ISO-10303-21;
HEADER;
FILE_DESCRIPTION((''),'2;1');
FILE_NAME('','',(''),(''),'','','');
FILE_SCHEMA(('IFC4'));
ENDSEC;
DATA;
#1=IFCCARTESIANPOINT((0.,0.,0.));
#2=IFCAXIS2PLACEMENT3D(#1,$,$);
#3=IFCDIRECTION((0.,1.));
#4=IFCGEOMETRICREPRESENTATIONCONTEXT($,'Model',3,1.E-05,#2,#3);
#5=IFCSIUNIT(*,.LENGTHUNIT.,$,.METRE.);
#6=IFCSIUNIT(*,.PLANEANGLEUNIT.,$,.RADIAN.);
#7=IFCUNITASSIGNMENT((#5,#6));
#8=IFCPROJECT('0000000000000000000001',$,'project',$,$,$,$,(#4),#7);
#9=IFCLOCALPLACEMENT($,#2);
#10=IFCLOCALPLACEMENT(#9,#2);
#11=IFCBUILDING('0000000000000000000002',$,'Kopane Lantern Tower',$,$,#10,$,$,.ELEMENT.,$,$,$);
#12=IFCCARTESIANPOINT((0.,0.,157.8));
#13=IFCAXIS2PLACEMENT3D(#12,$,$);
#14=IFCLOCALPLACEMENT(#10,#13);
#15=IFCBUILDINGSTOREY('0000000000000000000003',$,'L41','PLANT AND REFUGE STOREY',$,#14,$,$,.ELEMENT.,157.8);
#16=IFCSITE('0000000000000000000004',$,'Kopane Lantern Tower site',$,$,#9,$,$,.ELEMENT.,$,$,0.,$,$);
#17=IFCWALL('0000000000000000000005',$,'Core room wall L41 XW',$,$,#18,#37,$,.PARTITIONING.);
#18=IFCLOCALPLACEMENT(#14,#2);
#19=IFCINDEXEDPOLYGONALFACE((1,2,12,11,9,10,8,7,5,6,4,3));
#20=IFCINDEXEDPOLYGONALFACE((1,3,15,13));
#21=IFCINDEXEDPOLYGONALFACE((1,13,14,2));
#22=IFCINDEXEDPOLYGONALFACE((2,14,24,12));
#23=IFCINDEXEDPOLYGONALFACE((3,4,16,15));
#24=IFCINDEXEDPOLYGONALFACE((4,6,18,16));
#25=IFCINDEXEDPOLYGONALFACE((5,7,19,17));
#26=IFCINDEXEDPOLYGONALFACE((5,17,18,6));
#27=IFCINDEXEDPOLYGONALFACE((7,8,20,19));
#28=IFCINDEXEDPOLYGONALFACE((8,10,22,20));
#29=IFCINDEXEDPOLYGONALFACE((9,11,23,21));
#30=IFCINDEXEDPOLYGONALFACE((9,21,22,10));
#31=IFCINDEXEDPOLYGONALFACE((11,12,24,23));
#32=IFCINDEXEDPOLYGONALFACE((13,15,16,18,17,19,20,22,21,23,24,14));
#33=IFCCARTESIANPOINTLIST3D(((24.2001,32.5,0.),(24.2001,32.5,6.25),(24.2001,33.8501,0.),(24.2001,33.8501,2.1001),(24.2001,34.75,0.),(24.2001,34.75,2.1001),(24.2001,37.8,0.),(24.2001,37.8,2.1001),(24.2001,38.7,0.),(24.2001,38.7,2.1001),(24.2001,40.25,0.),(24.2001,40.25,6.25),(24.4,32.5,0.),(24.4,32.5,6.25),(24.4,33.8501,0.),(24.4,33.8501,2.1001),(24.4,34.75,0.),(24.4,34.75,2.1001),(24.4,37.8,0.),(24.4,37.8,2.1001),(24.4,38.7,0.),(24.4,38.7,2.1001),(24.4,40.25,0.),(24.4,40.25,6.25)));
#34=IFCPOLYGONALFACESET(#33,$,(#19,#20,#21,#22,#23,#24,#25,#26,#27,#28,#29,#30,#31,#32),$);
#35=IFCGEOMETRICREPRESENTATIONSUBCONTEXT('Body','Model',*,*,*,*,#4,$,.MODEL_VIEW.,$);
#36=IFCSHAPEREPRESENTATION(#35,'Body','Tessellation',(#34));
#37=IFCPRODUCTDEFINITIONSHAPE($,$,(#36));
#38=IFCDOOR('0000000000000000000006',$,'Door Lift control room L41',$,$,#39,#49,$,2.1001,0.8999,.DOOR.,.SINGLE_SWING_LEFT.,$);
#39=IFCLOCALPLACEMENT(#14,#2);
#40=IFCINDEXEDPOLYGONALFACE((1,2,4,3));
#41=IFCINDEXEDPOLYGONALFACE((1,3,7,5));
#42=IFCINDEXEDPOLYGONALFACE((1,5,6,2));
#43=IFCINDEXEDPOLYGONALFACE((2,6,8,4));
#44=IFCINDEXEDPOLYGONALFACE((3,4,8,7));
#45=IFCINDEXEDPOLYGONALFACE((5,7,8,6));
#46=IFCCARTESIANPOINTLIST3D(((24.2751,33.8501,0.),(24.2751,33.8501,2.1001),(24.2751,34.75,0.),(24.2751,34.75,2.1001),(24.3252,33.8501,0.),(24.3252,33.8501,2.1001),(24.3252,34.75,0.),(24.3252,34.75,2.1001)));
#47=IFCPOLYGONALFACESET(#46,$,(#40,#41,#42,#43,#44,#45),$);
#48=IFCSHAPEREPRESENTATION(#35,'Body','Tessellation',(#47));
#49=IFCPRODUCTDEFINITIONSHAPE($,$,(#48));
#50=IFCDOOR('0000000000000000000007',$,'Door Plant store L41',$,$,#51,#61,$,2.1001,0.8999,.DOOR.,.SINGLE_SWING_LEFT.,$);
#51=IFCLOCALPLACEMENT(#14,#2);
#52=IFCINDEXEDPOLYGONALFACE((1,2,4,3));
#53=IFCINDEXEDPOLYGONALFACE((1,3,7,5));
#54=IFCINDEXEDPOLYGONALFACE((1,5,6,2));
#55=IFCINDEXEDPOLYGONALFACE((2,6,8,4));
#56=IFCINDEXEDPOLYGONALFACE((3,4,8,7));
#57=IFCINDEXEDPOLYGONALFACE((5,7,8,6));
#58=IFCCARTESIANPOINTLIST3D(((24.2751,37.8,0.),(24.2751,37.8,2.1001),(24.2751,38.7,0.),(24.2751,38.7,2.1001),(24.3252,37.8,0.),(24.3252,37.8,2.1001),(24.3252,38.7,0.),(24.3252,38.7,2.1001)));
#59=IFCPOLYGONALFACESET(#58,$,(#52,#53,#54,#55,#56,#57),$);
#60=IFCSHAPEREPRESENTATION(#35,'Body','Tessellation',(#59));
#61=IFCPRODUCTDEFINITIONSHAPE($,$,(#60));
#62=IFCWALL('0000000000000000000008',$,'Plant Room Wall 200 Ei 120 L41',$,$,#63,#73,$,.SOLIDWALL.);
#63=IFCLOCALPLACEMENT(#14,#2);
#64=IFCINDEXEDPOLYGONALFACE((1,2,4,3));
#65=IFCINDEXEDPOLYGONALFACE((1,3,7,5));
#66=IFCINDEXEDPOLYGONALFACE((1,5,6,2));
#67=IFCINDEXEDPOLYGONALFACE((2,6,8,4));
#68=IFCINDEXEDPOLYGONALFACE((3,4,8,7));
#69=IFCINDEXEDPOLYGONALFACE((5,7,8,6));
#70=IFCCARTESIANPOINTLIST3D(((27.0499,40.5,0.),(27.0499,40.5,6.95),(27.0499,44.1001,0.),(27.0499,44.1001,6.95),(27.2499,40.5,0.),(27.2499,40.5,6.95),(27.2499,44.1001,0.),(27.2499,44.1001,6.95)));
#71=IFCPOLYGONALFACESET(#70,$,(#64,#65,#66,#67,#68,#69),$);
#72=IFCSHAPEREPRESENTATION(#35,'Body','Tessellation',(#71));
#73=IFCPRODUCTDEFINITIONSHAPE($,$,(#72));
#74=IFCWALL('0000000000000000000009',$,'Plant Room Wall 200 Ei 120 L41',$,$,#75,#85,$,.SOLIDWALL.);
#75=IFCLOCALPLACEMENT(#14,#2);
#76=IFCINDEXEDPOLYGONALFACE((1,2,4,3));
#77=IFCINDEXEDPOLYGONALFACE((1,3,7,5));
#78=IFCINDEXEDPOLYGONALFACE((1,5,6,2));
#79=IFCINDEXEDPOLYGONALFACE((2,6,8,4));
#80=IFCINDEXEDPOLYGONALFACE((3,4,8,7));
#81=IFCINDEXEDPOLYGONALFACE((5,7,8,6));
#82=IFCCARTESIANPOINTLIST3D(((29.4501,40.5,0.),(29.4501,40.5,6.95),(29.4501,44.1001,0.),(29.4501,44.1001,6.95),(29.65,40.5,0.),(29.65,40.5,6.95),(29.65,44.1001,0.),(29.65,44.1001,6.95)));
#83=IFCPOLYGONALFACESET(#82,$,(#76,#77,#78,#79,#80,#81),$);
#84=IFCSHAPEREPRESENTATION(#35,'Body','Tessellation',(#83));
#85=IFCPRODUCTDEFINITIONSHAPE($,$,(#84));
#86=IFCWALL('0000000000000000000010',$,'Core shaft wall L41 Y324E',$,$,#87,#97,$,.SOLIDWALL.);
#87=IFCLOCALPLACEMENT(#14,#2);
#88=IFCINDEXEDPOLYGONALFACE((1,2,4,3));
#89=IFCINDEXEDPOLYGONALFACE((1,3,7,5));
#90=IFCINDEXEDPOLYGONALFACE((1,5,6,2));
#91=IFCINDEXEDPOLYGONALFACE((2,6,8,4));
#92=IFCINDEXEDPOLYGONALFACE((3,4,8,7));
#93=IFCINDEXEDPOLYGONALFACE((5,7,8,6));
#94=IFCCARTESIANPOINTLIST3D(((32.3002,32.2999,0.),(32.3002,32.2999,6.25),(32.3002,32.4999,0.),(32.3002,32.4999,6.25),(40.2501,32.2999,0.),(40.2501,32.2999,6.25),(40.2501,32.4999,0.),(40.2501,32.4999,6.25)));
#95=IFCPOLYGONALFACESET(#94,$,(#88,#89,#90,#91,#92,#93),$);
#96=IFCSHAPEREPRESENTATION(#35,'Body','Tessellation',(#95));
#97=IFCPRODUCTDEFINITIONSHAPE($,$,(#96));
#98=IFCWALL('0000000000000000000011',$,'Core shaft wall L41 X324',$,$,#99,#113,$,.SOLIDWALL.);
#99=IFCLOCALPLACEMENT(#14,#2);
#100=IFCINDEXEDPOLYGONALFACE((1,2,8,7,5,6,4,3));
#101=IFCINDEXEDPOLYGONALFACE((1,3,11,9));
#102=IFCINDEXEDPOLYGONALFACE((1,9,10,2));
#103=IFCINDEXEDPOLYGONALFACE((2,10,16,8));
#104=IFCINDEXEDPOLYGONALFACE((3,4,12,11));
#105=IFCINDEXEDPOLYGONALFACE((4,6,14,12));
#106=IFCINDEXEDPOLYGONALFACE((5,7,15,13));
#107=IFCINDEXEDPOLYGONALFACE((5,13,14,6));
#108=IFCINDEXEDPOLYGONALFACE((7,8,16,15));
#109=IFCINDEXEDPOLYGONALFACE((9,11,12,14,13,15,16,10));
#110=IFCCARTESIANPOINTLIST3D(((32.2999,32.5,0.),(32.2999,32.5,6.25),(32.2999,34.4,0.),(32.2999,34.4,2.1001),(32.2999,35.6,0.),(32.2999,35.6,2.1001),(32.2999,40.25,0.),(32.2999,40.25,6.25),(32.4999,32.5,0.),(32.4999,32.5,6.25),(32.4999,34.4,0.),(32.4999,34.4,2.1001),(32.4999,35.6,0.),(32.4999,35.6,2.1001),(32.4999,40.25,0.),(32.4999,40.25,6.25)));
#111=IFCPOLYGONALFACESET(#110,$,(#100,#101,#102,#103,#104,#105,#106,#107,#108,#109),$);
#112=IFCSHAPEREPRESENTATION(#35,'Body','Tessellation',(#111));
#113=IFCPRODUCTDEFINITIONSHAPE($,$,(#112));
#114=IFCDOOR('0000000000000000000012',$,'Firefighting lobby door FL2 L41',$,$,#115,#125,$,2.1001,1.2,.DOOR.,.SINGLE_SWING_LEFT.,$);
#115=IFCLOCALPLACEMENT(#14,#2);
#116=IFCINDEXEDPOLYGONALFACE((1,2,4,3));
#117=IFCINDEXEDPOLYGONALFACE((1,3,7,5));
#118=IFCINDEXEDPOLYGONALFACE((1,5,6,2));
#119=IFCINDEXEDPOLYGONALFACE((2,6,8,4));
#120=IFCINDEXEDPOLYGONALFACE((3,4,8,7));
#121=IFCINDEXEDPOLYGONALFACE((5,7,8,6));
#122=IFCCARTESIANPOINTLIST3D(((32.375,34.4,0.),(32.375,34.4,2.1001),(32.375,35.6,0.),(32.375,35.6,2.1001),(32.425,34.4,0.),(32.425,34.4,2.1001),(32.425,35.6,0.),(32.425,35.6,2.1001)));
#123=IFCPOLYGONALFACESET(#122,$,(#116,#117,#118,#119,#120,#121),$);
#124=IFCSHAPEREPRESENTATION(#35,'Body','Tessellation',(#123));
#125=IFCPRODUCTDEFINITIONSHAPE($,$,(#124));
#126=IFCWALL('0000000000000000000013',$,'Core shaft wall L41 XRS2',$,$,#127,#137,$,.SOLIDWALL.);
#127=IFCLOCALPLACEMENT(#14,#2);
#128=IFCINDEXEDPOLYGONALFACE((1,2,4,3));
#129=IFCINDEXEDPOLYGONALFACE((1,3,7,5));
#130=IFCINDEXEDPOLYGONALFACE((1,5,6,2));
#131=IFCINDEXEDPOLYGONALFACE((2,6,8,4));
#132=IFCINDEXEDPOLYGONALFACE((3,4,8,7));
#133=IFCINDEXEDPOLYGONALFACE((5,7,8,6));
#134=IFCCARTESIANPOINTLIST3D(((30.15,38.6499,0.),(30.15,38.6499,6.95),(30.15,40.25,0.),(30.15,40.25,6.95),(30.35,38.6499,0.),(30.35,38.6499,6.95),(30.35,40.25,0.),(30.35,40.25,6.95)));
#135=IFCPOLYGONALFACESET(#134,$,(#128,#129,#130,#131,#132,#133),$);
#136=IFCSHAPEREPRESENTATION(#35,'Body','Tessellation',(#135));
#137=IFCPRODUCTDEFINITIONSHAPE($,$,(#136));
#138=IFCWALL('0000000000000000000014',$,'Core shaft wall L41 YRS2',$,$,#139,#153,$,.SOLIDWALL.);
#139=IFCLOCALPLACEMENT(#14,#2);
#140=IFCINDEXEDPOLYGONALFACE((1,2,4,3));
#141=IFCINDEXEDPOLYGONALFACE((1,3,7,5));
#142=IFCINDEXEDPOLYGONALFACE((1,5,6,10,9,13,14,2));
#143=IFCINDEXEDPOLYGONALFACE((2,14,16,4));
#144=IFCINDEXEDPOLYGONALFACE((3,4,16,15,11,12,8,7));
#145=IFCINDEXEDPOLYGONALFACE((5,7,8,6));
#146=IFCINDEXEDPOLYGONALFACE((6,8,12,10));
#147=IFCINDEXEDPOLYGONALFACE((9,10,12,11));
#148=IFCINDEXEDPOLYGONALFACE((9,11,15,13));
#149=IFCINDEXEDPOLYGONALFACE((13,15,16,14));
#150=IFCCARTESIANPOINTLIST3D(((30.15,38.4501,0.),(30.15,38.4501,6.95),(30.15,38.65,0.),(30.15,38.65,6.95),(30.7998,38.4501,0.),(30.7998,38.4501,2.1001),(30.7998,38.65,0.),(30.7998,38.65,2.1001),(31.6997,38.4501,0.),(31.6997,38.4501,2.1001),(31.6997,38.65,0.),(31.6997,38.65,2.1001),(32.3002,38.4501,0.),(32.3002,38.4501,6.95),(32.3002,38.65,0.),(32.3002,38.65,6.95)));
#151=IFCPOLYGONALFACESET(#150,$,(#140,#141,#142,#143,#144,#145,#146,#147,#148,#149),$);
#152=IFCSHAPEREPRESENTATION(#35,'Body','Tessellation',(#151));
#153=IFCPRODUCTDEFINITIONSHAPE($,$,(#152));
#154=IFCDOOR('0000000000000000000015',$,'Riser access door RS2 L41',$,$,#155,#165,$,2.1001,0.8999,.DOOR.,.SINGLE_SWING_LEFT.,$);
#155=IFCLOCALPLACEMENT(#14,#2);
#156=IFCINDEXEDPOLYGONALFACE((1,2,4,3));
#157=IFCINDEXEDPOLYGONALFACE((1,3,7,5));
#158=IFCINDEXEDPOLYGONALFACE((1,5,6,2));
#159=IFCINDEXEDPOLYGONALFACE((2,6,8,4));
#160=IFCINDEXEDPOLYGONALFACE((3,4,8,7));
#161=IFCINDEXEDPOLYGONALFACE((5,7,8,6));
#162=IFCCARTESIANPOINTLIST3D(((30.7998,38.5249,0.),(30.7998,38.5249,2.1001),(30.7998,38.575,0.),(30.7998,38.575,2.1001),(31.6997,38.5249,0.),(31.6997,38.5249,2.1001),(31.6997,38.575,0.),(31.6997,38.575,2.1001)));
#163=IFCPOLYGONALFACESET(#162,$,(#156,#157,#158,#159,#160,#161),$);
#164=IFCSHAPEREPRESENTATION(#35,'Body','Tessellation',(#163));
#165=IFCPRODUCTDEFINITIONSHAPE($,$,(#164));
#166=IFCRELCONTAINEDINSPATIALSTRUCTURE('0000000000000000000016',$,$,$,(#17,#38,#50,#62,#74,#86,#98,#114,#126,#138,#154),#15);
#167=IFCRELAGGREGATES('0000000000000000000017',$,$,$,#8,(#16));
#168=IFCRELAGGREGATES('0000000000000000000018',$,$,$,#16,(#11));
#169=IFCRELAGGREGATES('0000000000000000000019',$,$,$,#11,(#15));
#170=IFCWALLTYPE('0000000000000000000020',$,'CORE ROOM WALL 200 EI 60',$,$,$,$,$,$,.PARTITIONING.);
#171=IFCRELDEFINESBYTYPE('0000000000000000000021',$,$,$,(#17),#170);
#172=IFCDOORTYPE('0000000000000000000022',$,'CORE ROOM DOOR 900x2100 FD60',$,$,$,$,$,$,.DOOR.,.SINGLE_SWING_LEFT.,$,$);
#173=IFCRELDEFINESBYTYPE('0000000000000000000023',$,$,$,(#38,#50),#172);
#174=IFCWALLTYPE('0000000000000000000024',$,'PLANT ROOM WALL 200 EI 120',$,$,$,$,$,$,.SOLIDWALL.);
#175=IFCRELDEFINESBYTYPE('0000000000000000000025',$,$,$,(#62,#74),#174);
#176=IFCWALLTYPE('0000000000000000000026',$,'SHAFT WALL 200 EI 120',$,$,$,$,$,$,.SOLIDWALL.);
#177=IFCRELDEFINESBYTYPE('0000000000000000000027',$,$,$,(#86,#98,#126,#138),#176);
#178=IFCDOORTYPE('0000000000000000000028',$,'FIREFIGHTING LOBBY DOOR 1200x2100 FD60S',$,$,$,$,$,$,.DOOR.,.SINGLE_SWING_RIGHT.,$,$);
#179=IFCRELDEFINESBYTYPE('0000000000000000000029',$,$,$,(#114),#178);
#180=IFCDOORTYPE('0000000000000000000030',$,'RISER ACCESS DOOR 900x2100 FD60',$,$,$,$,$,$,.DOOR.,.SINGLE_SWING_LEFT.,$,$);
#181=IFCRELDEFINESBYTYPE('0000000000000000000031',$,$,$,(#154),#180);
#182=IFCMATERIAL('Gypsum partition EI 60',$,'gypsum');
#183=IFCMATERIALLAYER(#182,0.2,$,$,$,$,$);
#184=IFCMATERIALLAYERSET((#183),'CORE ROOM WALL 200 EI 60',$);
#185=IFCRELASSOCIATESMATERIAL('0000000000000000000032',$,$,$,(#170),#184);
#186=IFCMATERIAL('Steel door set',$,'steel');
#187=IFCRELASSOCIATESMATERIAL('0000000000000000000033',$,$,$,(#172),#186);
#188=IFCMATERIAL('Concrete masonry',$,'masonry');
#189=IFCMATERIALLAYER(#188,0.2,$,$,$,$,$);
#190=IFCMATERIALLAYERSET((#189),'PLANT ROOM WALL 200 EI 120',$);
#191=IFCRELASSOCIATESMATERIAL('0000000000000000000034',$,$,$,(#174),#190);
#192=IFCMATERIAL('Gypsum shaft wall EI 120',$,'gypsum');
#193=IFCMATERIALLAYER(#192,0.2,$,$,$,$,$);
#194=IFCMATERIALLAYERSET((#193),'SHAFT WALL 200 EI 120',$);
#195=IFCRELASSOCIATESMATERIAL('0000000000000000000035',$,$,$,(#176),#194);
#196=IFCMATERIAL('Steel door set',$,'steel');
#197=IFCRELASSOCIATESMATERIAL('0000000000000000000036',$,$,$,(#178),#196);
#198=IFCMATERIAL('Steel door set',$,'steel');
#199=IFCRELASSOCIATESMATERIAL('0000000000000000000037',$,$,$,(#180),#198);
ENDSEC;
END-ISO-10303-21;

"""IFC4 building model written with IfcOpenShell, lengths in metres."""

from ifc_helpers import new_model, si_unit, direction, frame, frame_2d, origin, place, context, subcontext, project, spatial, rectangle, extrude, material, layer, layer_set, type_object, element, fill, save


model = new_model("IFC4")

# Units and contexts
model_context = context("Model", 3, precision=1e-05, world=origin(), true_north=direction((0.0, 1.0)))
body_context = subcontext(model_context, "Body", "Model", "MODEL_VIEW")
ifc_project = project(units=[si_unit("LENGTHUNIT", "METRE"), si_unit("PLANEANGLEUNIT", "RADIAN")], contexts=[model_context])

# Site, building, storey
site_placement = place(None, origin())
site = spatial("IfcSite", under=ifc_project, at=site_placement, Name="Kopane Lantern Tower site", CompositionType="ELEMENT", RefElevation=0.0)
building_placement = place(site_placement, origin())
building = spatial("IfcBuilding", under=site, at=building_placement, Name="Kopane Lantern Tower", CompositionType="ELEMENT")
storey_placement = place(building_placement, frame((0.0, 0.0, 157.8)))
storey = spatial("IfcBuildingStorey", under=building, at=storey_placement, Name="L41", Description="PLANT AND REFUGE STOREY", CompositionType="ELEMENT", Elevation=157.8)

# Wall, openings, doors
ifc_material_1 = material(Name="Gypsum partition EI 60", Category="gypsum")
ifc_layer_1 = layer(ifc_material_1, 0.2)
ifc_layer_set_1 = layer_set([ifc_layer_1], Name="CORE ROOM WALL 200 EI 60")
wall_type_1 = type_object("IfcWallType", Name="CORE ROOM WALL 200 EI 60", PredefinedType="PARTITIONING", material=ifc_layer_set_1)
wall_1_placement = place(storey_placement, frame((24.3, 32.5, 0.0), z_axis=(0.0, 0.0, 1.0), x_axis=(0.0, 1.0, 0.0)))
wall_1 = element("IfcWall", 1, at=wall_1_placement, inside=storey, type_object=wall_type_1, Name="Core room wall L41 XW", PredefinedType="PARTITIONING", context=body_context, shape_type="SweptSolid", body=[
    extrude(rectangle(XDim=7.75, YDim=0.2, at=frame_2d((3.875, 0.0))), origin(), (0.0, 0.0, 1.0), 6.25),
])
opening_1_placement = place(wall_1_placement, frame((1.3501, 0.0, 0.0)))
opening_1 = element("IfcOpeningElement", 2, at=opening_1_placement, cuts=wall_1, PredefinedType="OPENING", context=body_context, shape_type="SweptSolid", body=[
    extrude(rectangle(XDim=0.8999, YDim=2.1001, at=frame_2d((0.45, 1.05))), frame((0.0, 0.1099, 0.0), z_axis=(0.0, -1.0, 0.0), x_axis=(1.0, 0.0, 0.0)), (0.0, 0.0, 1.0), 0.22),
])
opening_2_placement = place(wall_1_placement, frame((5.3, 0.0, 0.0)))
opening_2 = element("IfcOpeningElement", 3, at=opening_2_placement, cuts=wall_1, PredefinedType="OPENING", context=body_context, shape_type="SweptSolid", body=[
    extrude(rectangle(XDim=0.8999, YDim=2.1001, at=frame_2d((0.45, 1.05))), frame((0.0, 0.1099, 0.0), z_axis=(0.0, -1.0, 0.0), x_axis=(1.0, 0.0, 0.0)), (0.0, 0.0, 1.0), 0.22),
])
ifc_material_2 = material(Name="Steel door set", Category="steel")
door_type_1 = type_object("IfcDoorType", Name="CORE ROOM DOOR 900x2100 FD60", OperationType="SINGLE_SWING_LEFT", PredefinedType="DOOR", material=ifc_material_2)
door_1_placement = place(opening_1_placement, origin())
door_1 = element("IfcDoor", 4, at=door_1_placement, inside=storey, type_object=door_type_1, Name="Door Lift control room L41", OperationType="SINGLE_SWING_LEFT", OverallHeight=2.1001, OverallWidth=0.8999, PredefinedType="DOOR", context=body_context, shape_type="SweptSolid", body=[
    extrude(rectangle(XDim=0.8999, YDim=2.1001, at=frame_2d((0.45, 1.05))), frame((0.0, 0.0249, 0.0), z_axis=(0.0, -1.0, 0.0), x_axis=(1.0, 0.0, 0.0)), (0.0, 0.0, 1.0), 0.05),
])
fill(opening_1, door_1)
door_2_placement = place(opening_2_placement, origin())
door_2 = element("IfcDoor", 5, at=door_2_placement, inside=storey, type_object=door_type_1, Name="Door Plant store L41", OperationType="SINGLE_SWING_LEFT", OverallHeight=2.1001, OverallWidth=0.8999, PredefinedType="DOOR", context=body_context, shape_type="SweptSolid", body=[
    extrude(rectangle(XDim=0.8999, YDim=2.1001, at=frame_2d((0.45, 1.05))), frame((0.0, 0.0249, 0.0), z_axis=(0.0, -1.0, 0.0), x_axis=(1.0, 0.0, 0.0)), (0.0, 0.0, 1.0), 0.05),
])
fill(opening_2, door_2)

# Walls
ifc_material_3 = material(Name="Concrete masonry", Category="masonry")
ifc_layer_2 = layer(ifc_material_3, 0.2)
ifc_layer_set_2 = layer_set([ifc_layer_2], Name="PLANT ROOM WALL 200 EI 120")
wall_type_2 = type_object("IfcWallType", Name="PLANT ROOM WALL 200 EI 120", PredefinedType="SOLIDWALL", material=ifc_layer_set_2)
for number, where, z_axis, x_axis, name in (
    (6, (27.1499, 40.5, 0.0), (0.0, 0.0, 1.0), (0.0, 1.0, 0.0), "Plant Room Wall 200 Ei 120 L41"),
    (7, (29.55, 40.5, 0.0), (0.0, 0.0, 1.0), (0.0, 1.0, 0.0), "Plant Room Wall 200 Ei 120 L41"),
):
    element("IfcWall", number, at=place(storey_placement, frame(where, z_axis=z_axis, x_axis=x_axis)), inside=storey, type_object=wall_type_2, Name=name, PredefinedType="SOLIDWALL", context=body_context, shape_type="SweptSolid", body=[
        extrude(rectangle(XDim=3.6001, YDim=0.2, at=frame_2d((1.8, 0.0))), origin(), (0.0, 0.0, 1.0), 6.95),
    ])
ifc_material_4 = material(Name="Gypsum shaft wall EI 120", Category="gypsum")
ifc_layer_3 = layer(ifc_material_4, 0.2)
ifc_layer_set_3 = layer_set([ifc_layer_3], Name="SHAFT WALL 200 EI 120")
wall_type_3 = type_object("IfcWallType", Name="SHAFT WALL 200 EI 120", PredefinedType="SOLIDWALL", material=ifc_layer_set_3)
wall_2_placement = place(storey_placement, frame((32.3, 32.3999, 0.0), z_axis=(0.0, 0.0, 1.0), x_axis=(1.0, 0.0, 0.0)))
element("IfcWall", 8, at=wall_2_placement, inside=storey, type_object=wall_type_3, Name="Core shaft wall L41 Y324E", PredefinedType="SOLIDWALL", context=body_context, shape_type="SweptSolid", body=[
    extrude(rectangle(XDim=7.95, YDim=0.2, at=frame_2d((3.9751, 0.0))), origin(), (0.0, 0.0, 1.0), 6.25),
])

# Wall, opening, door
wall_3_placement = place(storey_placement, frame((32.3999, 32.5, 0.0), z_axis=(0.0, 0.0, 1.0), x_axis=(0.0, 1.0, 0.0)))
wall_3 = element("IfcWall", 9, at=wall_3_placement, inside=storey, type_object=wall_type_3, Name="Core shaft wall L41 X324", PredefinedType="SOLIDWALL", context=body_context, shape_type="SweptSolid", body=[
    extrude(rectangle(XDim=7.75, YDim=0.2, at=frame_2d((3.875, 0.0))), origin(), (0.0, 0.0, 1.0), 6.25),
])
opening_3_placement = place(wall_3_placement, frame((1.8999, 0.0, 0.0)))
opening_3 = element("IfcOpeningElement", 10, at=opening_3_placement, cuts=wall_3, PredefinedType="OPENING", context=body_context, shape_type="SweptSolid", body=[
    extrude(rectangle(XDim=1.2, YDim=2.1001, at=frame_2d((0.6001, 1.05))), frame((0.0, 0.1099, 0.0), z_axis=(0.0, -1.0, 0.0), x_axis=(1.0, 0.0, 0.0)), (0.0, 0.0, 1.0), 0.22),
])
ifc_material_5 = material(Name="Steel door set", Category="steel")
door_type_2 = type_object("IfcDoorType", Name="FIREFIGHTING LOBBY DOOR 1200x2100 FD60S", OperationType="SINGLE_SWING_RIGHT", PredefinedType="DOOR", material=ifc_material_5)
door_3_placement = place(opening_3_placement, origin())
door_3 = element("IfcDoor", 11, at=door_3_placement, inside=storey, type_object=door_type_2, Name="Firefighting lobby door FL2 L41", OperationType="SINGLE_SWING_LEFT", OverallHeight=2.1001, OverallWidth=1.2, PredefinedType="DOOR", context=body_context, shape_type="SweptSolid", body=[
    extrude(rectangle(XDim=1.2, YDim=2.1001, at=frame_2d((0.6001, 1.05))), frame((0.0, 0.0249, 0.0), z_axis=(0.0, -1.0, 0.0), x_axis=(1.0, 0.0, 0.0)), (0.0, 0.0, 1.0), 0.05),
])
fill(opening_3, door_3)

# Wall
wall_4_placement = place(storey_placement, frame((30.25, 38.6499, 0.0), z_axis=(0.0, 0.0, 1.0), x_axis=(0.0, 1.0, 0.0)))
element("IfcWall", 12, at=wall_4_placement, inside=storey, type_object=wall_type_3, Name="Core shaft wall L41 XRS2", PredefinedType="SOLIDWALL", context=body_context, shape_type="SweptSolid", body=[
    extrude(rectangle(XDim=1.6001, YDim=0.2, at=frame_2d((0.8, 0.0))), origin(), (0.0, 0.0, 1.0), 6.95),
])

# Wall, opening, door
wall_5_placement = place(storey_placement, frame((30.1499, 38.55, 0.0), z_axis=(0.0, 0.0, 1.0), x_axis=(1.0, 0.0, 0.0)))
wall_5 = element("IfcWall", 13, at=wall_5_placement, inside=storey, type_object=wall_type_3, Name="Core shaft wall L41 YRS2", PredefinedType="SOLIDWALL", context=body_context, shape_type="SweptSolid", body=[
    extrude(rectangle(XDim=2.1501, YDim=0.2, at=frame_2d((1.0752, 0.0))), origin(), (0.0, 0.0, 1.0), 6.95),
])
opening_4_placement = place(wall_5_placement, frame((0.6499, 0.0, 0.0)))
opening_4 = element("IfcOpeningElement", 14, at=opening_4_placement, cuts=wall_5, PredefinedType="OPENING", context=body_context, shape_type="SweptSolid", body=[
    extrude(rectangle(XDim=0.8999, YDim=2.1001, at=frame_2d((0.45, 1.05))), frame((0.0, 0.1099, 0.0), z_axis=(0.0, -1.0, 0.0), x_axis=(1.0, 0.0, 0.0)), (0.0, 0.0, 1.0), 0.22),
])
ifc_material_6 = material(Name="Steel door set", Category="steel")
door_type_3 = type_object("IfcDoorType", Name="RISER ACCESS DOOR 900x2100 FD60", OperationType="SINGLE_SWING_LEFT", PredefinedType="DOOR", material=ifc_material_6)
door_4_placement = place(opening_4_placement, origin())
door_4 = element("IfcDoor", 15, at=door_4_placement, inside=storey, type_object=door_type_3, Name="Riser access door RS2 L41", OperationType="SINGLE_SWING_LEFT", OverallHeight=2.1001, OverallWidth=0.8999, PredefinedType="DOOR", context=body_context, shape_type="SweptSolid", body=[
    extrude(rectangle(XDim=0.8999, YDim=2.1001, at=frame_2d((0.45, 1.05))), frame((0.0, 0.0249, 0.0), z_axis=(0.0, -1.0, 0.0), x_axis=(1.0, 0.0, 0.0)), (0.0, 0.0, 1.0), 0.05),
])
fill(opening_4, door_4)

save(model, "model.ifc")
